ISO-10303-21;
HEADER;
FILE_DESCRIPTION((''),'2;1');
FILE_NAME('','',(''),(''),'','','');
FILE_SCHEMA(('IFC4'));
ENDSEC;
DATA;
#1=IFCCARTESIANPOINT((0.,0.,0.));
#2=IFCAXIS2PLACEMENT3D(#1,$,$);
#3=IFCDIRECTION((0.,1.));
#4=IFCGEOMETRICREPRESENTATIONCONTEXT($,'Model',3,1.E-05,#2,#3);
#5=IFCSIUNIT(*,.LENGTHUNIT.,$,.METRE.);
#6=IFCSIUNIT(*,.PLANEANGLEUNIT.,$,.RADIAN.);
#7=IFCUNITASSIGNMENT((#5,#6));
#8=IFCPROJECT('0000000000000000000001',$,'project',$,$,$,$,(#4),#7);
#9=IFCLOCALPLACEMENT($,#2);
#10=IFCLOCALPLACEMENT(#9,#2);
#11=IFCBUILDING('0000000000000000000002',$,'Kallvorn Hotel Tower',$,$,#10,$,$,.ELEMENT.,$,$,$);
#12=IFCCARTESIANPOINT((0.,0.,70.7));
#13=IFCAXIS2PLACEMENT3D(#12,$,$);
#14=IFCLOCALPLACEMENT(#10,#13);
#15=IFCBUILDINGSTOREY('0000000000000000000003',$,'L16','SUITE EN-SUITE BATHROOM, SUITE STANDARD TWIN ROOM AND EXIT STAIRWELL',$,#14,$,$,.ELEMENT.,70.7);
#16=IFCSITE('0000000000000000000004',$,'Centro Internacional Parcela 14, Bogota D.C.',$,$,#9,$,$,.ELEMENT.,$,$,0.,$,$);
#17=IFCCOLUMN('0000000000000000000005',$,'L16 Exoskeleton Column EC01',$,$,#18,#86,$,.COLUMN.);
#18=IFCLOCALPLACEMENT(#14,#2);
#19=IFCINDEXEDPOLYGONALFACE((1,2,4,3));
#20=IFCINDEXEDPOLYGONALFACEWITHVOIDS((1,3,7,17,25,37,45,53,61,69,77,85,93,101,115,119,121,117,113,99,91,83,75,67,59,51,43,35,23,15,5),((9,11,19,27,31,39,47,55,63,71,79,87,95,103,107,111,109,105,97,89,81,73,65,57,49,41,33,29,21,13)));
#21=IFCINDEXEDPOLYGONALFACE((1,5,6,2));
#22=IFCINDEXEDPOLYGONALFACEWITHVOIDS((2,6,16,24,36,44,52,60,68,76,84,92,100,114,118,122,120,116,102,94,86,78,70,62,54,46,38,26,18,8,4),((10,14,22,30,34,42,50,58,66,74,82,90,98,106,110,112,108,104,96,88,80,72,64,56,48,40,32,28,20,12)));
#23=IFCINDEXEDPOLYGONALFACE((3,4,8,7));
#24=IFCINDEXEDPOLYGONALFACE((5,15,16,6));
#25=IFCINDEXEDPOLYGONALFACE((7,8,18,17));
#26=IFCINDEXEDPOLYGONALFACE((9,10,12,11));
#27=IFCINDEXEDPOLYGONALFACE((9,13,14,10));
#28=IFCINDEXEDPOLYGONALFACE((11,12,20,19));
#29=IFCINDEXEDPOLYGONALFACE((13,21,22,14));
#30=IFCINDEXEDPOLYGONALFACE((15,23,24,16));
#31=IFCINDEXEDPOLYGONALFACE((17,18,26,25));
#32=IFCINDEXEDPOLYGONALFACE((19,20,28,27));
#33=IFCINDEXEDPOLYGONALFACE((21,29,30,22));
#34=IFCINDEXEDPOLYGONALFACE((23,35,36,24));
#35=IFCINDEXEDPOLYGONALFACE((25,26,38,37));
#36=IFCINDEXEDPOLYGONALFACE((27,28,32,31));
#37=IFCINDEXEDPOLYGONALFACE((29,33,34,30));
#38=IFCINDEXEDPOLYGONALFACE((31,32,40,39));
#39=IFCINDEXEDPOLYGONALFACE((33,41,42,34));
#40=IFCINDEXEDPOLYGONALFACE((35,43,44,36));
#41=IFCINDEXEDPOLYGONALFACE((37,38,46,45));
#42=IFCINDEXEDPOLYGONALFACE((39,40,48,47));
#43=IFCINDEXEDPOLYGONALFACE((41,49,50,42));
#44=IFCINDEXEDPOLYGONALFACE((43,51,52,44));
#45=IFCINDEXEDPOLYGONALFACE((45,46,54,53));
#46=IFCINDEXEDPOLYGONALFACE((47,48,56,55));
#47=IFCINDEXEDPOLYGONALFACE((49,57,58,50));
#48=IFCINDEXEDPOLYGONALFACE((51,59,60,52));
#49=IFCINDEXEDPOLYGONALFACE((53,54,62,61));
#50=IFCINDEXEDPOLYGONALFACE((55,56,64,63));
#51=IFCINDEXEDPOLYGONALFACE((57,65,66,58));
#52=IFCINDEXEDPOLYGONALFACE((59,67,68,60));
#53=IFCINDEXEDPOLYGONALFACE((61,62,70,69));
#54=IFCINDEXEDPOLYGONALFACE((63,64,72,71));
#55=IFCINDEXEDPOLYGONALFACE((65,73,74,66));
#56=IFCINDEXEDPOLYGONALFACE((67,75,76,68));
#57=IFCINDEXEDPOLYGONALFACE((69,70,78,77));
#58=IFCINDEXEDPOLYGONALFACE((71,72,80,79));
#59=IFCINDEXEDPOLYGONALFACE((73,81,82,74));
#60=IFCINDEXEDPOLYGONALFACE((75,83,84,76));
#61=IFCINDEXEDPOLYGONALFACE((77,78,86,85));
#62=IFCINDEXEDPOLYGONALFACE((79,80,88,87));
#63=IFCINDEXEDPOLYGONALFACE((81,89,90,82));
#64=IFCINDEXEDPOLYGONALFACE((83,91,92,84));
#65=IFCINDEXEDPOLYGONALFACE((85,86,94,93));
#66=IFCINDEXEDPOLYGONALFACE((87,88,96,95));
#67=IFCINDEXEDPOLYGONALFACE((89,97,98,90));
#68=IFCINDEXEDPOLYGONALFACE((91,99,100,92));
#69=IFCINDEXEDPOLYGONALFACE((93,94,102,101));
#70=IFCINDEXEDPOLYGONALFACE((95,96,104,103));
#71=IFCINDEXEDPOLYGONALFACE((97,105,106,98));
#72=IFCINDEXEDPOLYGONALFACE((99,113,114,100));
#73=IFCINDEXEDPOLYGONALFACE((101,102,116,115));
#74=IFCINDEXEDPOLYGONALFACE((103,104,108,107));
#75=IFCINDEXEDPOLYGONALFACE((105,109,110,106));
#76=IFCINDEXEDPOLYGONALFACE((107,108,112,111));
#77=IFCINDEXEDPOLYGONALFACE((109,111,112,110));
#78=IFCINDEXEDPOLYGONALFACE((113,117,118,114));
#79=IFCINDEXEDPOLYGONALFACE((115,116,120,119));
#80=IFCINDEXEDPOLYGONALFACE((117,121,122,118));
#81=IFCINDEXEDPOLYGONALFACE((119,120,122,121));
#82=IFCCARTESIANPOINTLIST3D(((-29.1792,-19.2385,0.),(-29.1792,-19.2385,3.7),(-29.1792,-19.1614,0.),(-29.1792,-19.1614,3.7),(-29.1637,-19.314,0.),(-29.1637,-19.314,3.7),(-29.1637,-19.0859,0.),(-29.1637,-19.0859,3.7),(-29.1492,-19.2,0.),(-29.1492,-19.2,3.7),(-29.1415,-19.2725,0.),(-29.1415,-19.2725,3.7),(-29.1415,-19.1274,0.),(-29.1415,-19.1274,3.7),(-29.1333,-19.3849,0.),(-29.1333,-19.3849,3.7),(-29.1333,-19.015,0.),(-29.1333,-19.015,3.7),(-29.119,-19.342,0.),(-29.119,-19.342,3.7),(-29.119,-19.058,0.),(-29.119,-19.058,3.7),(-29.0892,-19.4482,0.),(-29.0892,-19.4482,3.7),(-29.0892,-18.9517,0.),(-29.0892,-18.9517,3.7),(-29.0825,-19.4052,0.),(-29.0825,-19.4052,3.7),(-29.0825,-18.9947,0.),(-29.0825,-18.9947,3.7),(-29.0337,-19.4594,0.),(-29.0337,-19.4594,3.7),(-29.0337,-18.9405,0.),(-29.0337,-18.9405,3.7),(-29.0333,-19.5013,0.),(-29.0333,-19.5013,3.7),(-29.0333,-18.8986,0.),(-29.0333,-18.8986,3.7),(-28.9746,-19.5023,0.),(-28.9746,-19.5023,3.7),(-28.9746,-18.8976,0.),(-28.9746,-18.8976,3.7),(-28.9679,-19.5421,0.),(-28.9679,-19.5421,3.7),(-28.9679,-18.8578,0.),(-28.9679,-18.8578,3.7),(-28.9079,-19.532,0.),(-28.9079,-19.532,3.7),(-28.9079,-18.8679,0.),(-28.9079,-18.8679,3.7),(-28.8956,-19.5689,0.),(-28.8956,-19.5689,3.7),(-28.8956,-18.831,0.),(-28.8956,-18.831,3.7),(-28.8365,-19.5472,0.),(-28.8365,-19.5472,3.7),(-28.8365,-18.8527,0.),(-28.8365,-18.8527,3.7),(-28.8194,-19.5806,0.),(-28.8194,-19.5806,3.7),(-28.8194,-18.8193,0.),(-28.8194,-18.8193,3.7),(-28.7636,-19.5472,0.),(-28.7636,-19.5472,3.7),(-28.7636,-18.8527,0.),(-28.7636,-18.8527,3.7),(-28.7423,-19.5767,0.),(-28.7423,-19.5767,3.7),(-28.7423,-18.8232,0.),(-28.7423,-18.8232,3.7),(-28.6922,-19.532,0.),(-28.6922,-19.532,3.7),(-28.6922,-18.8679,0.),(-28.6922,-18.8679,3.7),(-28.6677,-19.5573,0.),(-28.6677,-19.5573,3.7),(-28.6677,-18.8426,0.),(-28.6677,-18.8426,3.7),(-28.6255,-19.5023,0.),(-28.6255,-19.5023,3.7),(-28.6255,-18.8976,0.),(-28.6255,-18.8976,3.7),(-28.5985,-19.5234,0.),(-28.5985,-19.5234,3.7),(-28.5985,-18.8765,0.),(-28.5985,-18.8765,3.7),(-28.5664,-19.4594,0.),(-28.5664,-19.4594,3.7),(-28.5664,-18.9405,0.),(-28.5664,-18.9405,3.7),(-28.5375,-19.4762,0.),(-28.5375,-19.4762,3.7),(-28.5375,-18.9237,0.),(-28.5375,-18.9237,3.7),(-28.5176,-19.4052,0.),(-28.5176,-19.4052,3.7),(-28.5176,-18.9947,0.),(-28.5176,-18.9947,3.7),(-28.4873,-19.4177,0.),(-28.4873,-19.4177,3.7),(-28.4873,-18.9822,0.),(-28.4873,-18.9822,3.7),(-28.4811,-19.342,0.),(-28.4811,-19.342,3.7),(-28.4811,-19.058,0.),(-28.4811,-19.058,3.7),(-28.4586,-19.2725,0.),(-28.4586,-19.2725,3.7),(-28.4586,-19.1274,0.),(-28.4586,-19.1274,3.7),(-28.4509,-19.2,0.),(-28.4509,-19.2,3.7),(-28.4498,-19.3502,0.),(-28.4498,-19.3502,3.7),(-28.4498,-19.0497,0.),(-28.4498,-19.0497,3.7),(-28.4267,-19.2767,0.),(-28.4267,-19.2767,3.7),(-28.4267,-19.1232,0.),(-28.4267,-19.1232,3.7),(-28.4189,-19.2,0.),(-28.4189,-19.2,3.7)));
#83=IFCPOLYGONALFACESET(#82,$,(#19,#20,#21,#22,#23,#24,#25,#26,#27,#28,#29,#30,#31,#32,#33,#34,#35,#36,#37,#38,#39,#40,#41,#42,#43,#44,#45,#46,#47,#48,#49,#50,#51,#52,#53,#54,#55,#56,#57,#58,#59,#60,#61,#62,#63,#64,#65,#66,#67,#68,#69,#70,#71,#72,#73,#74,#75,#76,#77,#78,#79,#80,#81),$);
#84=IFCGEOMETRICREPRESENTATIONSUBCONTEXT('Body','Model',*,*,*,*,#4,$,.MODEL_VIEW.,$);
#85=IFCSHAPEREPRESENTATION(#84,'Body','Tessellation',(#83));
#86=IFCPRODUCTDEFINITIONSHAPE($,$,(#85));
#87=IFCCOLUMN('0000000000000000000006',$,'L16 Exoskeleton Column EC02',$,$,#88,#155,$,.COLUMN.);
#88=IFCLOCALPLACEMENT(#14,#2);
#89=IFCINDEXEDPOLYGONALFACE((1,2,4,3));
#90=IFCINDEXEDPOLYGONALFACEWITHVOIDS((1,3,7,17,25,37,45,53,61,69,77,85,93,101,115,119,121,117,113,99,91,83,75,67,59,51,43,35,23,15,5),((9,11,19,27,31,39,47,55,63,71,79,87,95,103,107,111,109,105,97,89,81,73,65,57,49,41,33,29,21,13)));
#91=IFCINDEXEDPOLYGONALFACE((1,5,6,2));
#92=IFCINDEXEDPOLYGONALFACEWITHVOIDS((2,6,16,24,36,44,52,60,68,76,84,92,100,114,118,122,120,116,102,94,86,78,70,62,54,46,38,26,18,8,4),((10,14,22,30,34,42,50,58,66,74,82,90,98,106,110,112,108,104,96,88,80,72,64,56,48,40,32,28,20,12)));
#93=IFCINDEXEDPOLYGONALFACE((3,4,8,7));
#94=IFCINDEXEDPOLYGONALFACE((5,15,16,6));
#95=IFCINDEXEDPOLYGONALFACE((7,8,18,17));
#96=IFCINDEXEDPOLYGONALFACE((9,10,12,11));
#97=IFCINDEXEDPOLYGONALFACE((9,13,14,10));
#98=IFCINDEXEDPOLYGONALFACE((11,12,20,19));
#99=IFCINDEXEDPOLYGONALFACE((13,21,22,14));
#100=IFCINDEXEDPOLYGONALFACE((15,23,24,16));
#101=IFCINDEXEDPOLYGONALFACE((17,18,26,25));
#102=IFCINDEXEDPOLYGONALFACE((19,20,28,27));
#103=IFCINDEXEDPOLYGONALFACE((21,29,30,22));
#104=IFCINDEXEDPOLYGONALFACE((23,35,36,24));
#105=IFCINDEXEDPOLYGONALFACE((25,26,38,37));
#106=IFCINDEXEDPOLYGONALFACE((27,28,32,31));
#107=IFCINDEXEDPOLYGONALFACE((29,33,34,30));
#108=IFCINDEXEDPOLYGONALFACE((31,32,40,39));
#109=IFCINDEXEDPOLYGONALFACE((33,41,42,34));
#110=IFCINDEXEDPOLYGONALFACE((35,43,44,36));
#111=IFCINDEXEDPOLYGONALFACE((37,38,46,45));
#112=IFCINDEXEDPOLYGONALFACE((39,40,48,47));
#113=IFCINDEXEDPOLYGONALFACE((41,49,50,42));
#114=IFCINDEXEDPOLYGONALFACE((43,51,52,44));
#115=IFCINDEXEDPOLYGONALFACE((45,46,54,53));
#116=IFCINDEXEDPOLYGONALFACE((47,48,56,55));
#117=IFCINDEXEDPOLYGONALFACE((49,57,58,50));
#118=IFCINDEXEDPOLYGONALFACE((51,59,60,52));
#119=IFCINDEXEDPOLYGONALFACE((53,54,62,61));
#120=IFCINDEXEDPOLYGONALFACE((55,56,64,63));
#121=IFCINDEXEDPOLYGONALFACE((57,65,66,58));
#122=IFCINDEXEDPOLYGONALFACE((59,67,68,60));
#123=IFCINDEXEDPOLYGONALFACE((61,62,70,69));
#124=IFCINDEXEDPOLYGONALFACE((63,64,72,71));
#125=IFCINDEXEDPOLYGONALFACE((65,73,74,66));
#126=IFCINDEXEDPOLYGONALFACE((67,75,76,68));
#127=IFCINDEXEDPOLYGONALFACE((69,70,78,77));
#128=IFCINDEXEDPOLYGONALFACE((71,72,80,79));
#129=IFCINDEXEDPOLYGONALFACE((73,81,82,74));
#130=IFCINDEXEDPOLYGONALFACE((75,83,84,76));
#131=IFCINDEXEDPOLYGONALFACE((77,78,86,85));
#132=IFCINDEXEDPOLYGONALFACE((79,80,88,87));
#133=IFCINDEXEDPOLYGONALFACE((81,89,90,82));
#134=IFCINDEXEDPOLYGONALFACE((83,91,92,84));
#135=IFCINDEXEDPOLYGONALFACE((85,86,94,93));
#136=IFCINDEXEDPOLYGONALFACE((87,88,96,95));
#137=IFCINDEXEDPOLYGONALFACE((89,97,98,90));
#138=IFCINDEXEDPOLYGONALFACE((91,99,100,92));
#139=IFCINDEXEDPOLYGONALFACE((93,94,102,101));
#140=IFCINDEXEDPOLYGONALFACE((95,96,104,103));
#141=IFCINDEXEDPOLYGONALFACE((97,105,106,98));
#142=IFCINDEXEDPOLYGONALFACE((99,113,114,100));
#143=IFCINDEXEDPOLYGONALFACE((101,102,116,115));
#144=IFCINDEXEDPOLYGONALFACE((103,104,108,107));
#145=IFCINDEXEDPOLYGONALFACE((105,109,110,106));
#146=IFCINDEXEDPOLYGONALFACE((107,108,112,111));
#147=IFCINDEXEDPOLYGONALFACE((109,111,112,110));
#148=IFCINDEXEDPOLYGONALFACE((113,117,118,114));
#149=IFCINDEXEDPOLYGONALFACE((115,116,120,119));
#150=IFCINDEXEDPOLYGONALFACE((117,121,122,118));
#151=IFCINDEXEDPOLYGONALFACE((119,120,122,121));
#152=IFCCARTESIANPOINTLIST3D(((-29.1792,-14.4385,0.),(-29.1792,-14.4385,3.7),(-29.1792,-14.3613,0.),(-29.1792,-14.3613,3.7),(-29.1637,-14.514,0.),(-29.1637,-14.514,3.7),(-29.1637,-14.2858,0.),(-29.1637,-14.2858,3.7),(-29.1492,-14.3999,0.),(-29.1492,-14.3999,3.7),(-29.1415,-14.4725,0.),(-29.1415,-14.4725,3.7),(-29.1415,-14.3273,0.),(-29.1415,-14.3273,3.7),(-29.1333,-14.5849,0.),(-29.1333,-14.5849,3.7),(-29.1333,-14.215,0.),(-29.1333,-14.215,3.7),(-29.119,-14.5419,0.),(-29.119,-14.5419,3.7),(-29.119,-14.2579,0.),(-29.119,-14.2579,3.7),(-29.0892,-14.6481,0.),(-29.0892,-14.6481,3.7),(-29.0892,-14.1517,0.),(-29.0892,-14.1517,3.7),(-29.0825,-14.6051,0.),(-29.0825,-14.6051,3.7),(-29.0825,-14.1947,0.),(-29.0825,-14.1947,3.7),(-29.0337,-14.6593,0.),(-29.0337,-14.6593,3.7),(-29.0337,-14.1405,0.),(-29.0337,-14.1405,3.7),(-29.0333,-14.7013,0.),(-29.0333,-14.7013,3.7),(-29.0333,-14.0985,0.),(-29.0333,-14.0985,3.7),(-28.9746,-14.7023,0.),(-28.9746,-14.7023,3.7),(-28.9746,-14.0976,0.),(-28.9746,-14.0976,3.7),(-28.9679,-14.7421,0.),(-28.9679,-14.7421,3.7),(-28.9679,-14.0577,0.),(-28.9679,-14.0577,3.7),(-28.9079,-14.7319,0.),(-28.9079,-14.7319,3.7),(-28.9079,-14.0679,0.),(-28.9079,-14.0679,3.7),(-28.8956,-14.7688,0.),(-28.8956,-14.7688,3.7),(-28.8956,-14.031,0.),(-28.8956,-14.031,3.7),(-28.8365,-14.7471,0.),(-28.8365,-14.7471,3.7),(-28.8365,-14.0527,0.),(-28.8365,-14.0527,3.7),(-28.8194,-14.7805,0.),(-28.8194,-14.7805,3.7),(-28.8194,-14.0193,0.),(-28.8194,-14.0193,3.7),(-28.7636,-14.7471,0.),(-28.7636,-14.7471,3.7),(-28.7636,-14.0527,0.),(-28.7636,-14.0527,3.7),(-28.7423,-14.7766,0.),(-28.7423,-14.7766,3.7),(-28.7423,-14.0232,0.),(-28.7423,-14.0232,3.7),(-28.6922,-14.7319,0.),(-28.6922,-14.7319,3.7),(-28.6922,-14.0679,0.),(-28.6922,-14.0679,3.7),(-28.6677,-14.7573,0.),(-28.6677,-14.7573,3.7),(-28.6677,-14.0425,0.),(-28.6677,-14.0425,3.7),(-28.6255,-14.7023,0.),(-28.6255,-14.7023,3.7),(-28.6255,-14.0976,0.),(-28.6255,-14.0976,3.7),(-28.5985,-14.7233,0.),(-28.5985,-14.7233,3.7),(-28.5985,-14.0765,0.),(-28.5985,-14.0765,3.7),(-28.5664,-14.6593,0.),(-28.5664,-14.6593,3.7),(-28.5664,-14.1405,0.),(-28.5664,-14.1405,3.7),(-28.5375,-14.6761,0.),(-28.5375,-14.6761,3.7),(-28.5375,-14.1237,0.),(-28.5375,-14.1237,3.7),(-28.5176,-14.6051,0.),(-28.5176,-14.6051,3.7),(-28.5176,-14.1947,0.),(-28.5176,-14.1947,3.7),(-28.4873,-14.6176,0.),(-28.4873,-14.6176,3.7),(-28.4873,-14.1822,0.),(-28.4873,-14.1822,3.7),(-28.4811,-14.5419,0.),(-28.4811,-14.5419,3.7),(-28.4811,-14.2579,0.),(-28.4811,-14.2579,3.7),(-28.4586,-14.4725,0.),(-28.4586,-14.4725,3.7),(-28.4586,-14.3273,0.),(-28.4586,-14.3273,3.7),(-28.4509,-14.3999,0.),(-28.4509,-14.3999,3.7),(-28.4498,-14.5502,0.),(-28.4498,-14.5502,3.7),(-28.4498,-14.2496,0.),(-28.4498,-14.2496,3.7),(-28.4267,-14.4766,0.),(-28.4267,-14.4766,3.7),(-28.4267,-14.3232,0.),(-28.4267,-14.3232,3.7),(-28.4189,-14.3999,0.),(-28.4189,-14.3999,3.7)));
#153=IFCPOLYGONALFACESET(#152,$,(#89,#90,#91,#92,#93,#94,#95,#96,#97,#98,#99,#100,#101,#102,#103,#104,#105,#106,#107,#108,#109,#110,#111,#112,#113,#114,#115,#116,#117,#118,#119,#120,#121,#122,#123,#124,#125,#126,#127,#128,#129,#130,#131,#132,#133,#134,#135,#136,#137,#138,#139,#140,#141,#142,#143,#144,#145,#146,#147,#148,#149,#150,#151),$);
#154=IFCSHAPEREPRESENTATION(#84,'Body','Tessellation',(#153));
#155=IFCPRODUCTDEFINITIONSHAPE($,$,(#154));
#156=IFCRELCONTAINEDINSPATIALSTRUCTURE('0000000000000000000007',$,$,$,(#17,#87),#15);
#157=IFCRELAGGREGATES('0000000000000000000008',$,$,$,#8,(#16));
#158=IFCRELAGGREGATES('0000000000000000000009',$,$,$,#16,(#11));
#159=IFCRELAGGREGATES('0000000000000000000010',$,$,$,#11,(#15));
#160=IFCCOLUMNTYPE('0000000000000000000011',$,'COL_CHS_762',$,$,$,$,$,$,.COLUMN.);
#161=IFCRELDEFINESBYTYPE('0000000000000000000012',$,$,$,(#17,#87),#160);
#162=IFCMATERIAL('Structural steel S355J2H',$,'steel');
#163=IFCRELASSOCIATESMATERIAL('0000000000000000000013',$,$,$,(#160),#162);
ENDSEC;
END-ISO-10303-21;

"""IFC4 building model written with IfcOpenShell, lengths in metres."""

from ifc_helpers import new_model, si_unit, direction, frame, origin, origin_2d, place, context, subcontext, project, spatial, hollow_circle, extrude, material, material_profile, profile_set, type_object, element, save


model = new_model("IFC4")

# Units and contexts
model_context = context("Model", 3, precision=1e-05, world=origin(), true_north=direction((0.0, 1.0)))
body_context = subcontext(model_context, "Body", "Model", "MODEL_VIEW")
ifc_project = project(units=[si_unit("LENGTHUNIT", "METRE"), si_unit("PLANEANGLEUNIT", "RADIAN")], contexts=[model_context])

# Site, building, storey
site_placement = place(None, origin())
site = spatial("IfcSite", under=ifc_project, at=site_placement, Name="Centro Internacional Parcela 14, Bogota D.C.", CompositionType="ELEMENT", RefElevation=0.0)
building_placement = place(site_placement, origin())
building = spatial("IfcBuilding", under=site, at=building_placement, Name="Kallvorn Hotel Tower", CompositionType="ELEMENT")
storey_placement = place(building_placement, frame((0.0, 0.0, 70.7)))
storey = spatial("IfcBuildingStorey", under=building, at=storey_placement, Name="L16", Description="SUITE EN-SUITE BATHROOM, SUITE STANDARD TWIN ROOM AND EXIT STAIRWELL", CompositionType="ELEMENT", Elevation=70.7)

# Columns
ifc_material_1 = material(Name="Structural steel S355J2H", Category="steel")
ifc_material_profile_1 = material_profile(ifc_material_1, hollow_circle(Radius=0.3811, WallThickness=0.032, at=origin_2d()), Name="CHS 762x32")
ifc_profile_set_1 = profile_set([ifc_material_profile_1], Name="Structural steel S355J2H")
column_type = type_object("IfcColumnType", Name="COL_CHS_762", PredefinedType="COLUMN", material=ifc_profile_set_1)
for number, where, z_axis, x_axis, name in (
    (1, (-28.8, -19.2, 0.0), (0.0, 0.0, 1.0), (1.0, 0.0, 0.0), "L16 Exoskeleton Column EC01"),
    (2, (-28.8, -14.3999, 0.0), (0.0, 0.0, 1.0), (1.0, 0.0, 0.0), "L16 Exoskeleton Column EC02"),
):
    element("IfcColumn", number, at=place(storey_placement, frame(where, z_axis=z_axis, x_axis=x_axis)), inside=storey, type_object=column_type, Name=name, PredefinedType="COLUMN", context=body_context, shape_type="SweptSolid", body=[
        extrude(hollow_circle(Radius=0.3811, WallThickness=0.032, at=origin_2d()), origin(), (0.0, 0.0, 1.0), 3.7),
    ])

save(model, "model.ifc")
